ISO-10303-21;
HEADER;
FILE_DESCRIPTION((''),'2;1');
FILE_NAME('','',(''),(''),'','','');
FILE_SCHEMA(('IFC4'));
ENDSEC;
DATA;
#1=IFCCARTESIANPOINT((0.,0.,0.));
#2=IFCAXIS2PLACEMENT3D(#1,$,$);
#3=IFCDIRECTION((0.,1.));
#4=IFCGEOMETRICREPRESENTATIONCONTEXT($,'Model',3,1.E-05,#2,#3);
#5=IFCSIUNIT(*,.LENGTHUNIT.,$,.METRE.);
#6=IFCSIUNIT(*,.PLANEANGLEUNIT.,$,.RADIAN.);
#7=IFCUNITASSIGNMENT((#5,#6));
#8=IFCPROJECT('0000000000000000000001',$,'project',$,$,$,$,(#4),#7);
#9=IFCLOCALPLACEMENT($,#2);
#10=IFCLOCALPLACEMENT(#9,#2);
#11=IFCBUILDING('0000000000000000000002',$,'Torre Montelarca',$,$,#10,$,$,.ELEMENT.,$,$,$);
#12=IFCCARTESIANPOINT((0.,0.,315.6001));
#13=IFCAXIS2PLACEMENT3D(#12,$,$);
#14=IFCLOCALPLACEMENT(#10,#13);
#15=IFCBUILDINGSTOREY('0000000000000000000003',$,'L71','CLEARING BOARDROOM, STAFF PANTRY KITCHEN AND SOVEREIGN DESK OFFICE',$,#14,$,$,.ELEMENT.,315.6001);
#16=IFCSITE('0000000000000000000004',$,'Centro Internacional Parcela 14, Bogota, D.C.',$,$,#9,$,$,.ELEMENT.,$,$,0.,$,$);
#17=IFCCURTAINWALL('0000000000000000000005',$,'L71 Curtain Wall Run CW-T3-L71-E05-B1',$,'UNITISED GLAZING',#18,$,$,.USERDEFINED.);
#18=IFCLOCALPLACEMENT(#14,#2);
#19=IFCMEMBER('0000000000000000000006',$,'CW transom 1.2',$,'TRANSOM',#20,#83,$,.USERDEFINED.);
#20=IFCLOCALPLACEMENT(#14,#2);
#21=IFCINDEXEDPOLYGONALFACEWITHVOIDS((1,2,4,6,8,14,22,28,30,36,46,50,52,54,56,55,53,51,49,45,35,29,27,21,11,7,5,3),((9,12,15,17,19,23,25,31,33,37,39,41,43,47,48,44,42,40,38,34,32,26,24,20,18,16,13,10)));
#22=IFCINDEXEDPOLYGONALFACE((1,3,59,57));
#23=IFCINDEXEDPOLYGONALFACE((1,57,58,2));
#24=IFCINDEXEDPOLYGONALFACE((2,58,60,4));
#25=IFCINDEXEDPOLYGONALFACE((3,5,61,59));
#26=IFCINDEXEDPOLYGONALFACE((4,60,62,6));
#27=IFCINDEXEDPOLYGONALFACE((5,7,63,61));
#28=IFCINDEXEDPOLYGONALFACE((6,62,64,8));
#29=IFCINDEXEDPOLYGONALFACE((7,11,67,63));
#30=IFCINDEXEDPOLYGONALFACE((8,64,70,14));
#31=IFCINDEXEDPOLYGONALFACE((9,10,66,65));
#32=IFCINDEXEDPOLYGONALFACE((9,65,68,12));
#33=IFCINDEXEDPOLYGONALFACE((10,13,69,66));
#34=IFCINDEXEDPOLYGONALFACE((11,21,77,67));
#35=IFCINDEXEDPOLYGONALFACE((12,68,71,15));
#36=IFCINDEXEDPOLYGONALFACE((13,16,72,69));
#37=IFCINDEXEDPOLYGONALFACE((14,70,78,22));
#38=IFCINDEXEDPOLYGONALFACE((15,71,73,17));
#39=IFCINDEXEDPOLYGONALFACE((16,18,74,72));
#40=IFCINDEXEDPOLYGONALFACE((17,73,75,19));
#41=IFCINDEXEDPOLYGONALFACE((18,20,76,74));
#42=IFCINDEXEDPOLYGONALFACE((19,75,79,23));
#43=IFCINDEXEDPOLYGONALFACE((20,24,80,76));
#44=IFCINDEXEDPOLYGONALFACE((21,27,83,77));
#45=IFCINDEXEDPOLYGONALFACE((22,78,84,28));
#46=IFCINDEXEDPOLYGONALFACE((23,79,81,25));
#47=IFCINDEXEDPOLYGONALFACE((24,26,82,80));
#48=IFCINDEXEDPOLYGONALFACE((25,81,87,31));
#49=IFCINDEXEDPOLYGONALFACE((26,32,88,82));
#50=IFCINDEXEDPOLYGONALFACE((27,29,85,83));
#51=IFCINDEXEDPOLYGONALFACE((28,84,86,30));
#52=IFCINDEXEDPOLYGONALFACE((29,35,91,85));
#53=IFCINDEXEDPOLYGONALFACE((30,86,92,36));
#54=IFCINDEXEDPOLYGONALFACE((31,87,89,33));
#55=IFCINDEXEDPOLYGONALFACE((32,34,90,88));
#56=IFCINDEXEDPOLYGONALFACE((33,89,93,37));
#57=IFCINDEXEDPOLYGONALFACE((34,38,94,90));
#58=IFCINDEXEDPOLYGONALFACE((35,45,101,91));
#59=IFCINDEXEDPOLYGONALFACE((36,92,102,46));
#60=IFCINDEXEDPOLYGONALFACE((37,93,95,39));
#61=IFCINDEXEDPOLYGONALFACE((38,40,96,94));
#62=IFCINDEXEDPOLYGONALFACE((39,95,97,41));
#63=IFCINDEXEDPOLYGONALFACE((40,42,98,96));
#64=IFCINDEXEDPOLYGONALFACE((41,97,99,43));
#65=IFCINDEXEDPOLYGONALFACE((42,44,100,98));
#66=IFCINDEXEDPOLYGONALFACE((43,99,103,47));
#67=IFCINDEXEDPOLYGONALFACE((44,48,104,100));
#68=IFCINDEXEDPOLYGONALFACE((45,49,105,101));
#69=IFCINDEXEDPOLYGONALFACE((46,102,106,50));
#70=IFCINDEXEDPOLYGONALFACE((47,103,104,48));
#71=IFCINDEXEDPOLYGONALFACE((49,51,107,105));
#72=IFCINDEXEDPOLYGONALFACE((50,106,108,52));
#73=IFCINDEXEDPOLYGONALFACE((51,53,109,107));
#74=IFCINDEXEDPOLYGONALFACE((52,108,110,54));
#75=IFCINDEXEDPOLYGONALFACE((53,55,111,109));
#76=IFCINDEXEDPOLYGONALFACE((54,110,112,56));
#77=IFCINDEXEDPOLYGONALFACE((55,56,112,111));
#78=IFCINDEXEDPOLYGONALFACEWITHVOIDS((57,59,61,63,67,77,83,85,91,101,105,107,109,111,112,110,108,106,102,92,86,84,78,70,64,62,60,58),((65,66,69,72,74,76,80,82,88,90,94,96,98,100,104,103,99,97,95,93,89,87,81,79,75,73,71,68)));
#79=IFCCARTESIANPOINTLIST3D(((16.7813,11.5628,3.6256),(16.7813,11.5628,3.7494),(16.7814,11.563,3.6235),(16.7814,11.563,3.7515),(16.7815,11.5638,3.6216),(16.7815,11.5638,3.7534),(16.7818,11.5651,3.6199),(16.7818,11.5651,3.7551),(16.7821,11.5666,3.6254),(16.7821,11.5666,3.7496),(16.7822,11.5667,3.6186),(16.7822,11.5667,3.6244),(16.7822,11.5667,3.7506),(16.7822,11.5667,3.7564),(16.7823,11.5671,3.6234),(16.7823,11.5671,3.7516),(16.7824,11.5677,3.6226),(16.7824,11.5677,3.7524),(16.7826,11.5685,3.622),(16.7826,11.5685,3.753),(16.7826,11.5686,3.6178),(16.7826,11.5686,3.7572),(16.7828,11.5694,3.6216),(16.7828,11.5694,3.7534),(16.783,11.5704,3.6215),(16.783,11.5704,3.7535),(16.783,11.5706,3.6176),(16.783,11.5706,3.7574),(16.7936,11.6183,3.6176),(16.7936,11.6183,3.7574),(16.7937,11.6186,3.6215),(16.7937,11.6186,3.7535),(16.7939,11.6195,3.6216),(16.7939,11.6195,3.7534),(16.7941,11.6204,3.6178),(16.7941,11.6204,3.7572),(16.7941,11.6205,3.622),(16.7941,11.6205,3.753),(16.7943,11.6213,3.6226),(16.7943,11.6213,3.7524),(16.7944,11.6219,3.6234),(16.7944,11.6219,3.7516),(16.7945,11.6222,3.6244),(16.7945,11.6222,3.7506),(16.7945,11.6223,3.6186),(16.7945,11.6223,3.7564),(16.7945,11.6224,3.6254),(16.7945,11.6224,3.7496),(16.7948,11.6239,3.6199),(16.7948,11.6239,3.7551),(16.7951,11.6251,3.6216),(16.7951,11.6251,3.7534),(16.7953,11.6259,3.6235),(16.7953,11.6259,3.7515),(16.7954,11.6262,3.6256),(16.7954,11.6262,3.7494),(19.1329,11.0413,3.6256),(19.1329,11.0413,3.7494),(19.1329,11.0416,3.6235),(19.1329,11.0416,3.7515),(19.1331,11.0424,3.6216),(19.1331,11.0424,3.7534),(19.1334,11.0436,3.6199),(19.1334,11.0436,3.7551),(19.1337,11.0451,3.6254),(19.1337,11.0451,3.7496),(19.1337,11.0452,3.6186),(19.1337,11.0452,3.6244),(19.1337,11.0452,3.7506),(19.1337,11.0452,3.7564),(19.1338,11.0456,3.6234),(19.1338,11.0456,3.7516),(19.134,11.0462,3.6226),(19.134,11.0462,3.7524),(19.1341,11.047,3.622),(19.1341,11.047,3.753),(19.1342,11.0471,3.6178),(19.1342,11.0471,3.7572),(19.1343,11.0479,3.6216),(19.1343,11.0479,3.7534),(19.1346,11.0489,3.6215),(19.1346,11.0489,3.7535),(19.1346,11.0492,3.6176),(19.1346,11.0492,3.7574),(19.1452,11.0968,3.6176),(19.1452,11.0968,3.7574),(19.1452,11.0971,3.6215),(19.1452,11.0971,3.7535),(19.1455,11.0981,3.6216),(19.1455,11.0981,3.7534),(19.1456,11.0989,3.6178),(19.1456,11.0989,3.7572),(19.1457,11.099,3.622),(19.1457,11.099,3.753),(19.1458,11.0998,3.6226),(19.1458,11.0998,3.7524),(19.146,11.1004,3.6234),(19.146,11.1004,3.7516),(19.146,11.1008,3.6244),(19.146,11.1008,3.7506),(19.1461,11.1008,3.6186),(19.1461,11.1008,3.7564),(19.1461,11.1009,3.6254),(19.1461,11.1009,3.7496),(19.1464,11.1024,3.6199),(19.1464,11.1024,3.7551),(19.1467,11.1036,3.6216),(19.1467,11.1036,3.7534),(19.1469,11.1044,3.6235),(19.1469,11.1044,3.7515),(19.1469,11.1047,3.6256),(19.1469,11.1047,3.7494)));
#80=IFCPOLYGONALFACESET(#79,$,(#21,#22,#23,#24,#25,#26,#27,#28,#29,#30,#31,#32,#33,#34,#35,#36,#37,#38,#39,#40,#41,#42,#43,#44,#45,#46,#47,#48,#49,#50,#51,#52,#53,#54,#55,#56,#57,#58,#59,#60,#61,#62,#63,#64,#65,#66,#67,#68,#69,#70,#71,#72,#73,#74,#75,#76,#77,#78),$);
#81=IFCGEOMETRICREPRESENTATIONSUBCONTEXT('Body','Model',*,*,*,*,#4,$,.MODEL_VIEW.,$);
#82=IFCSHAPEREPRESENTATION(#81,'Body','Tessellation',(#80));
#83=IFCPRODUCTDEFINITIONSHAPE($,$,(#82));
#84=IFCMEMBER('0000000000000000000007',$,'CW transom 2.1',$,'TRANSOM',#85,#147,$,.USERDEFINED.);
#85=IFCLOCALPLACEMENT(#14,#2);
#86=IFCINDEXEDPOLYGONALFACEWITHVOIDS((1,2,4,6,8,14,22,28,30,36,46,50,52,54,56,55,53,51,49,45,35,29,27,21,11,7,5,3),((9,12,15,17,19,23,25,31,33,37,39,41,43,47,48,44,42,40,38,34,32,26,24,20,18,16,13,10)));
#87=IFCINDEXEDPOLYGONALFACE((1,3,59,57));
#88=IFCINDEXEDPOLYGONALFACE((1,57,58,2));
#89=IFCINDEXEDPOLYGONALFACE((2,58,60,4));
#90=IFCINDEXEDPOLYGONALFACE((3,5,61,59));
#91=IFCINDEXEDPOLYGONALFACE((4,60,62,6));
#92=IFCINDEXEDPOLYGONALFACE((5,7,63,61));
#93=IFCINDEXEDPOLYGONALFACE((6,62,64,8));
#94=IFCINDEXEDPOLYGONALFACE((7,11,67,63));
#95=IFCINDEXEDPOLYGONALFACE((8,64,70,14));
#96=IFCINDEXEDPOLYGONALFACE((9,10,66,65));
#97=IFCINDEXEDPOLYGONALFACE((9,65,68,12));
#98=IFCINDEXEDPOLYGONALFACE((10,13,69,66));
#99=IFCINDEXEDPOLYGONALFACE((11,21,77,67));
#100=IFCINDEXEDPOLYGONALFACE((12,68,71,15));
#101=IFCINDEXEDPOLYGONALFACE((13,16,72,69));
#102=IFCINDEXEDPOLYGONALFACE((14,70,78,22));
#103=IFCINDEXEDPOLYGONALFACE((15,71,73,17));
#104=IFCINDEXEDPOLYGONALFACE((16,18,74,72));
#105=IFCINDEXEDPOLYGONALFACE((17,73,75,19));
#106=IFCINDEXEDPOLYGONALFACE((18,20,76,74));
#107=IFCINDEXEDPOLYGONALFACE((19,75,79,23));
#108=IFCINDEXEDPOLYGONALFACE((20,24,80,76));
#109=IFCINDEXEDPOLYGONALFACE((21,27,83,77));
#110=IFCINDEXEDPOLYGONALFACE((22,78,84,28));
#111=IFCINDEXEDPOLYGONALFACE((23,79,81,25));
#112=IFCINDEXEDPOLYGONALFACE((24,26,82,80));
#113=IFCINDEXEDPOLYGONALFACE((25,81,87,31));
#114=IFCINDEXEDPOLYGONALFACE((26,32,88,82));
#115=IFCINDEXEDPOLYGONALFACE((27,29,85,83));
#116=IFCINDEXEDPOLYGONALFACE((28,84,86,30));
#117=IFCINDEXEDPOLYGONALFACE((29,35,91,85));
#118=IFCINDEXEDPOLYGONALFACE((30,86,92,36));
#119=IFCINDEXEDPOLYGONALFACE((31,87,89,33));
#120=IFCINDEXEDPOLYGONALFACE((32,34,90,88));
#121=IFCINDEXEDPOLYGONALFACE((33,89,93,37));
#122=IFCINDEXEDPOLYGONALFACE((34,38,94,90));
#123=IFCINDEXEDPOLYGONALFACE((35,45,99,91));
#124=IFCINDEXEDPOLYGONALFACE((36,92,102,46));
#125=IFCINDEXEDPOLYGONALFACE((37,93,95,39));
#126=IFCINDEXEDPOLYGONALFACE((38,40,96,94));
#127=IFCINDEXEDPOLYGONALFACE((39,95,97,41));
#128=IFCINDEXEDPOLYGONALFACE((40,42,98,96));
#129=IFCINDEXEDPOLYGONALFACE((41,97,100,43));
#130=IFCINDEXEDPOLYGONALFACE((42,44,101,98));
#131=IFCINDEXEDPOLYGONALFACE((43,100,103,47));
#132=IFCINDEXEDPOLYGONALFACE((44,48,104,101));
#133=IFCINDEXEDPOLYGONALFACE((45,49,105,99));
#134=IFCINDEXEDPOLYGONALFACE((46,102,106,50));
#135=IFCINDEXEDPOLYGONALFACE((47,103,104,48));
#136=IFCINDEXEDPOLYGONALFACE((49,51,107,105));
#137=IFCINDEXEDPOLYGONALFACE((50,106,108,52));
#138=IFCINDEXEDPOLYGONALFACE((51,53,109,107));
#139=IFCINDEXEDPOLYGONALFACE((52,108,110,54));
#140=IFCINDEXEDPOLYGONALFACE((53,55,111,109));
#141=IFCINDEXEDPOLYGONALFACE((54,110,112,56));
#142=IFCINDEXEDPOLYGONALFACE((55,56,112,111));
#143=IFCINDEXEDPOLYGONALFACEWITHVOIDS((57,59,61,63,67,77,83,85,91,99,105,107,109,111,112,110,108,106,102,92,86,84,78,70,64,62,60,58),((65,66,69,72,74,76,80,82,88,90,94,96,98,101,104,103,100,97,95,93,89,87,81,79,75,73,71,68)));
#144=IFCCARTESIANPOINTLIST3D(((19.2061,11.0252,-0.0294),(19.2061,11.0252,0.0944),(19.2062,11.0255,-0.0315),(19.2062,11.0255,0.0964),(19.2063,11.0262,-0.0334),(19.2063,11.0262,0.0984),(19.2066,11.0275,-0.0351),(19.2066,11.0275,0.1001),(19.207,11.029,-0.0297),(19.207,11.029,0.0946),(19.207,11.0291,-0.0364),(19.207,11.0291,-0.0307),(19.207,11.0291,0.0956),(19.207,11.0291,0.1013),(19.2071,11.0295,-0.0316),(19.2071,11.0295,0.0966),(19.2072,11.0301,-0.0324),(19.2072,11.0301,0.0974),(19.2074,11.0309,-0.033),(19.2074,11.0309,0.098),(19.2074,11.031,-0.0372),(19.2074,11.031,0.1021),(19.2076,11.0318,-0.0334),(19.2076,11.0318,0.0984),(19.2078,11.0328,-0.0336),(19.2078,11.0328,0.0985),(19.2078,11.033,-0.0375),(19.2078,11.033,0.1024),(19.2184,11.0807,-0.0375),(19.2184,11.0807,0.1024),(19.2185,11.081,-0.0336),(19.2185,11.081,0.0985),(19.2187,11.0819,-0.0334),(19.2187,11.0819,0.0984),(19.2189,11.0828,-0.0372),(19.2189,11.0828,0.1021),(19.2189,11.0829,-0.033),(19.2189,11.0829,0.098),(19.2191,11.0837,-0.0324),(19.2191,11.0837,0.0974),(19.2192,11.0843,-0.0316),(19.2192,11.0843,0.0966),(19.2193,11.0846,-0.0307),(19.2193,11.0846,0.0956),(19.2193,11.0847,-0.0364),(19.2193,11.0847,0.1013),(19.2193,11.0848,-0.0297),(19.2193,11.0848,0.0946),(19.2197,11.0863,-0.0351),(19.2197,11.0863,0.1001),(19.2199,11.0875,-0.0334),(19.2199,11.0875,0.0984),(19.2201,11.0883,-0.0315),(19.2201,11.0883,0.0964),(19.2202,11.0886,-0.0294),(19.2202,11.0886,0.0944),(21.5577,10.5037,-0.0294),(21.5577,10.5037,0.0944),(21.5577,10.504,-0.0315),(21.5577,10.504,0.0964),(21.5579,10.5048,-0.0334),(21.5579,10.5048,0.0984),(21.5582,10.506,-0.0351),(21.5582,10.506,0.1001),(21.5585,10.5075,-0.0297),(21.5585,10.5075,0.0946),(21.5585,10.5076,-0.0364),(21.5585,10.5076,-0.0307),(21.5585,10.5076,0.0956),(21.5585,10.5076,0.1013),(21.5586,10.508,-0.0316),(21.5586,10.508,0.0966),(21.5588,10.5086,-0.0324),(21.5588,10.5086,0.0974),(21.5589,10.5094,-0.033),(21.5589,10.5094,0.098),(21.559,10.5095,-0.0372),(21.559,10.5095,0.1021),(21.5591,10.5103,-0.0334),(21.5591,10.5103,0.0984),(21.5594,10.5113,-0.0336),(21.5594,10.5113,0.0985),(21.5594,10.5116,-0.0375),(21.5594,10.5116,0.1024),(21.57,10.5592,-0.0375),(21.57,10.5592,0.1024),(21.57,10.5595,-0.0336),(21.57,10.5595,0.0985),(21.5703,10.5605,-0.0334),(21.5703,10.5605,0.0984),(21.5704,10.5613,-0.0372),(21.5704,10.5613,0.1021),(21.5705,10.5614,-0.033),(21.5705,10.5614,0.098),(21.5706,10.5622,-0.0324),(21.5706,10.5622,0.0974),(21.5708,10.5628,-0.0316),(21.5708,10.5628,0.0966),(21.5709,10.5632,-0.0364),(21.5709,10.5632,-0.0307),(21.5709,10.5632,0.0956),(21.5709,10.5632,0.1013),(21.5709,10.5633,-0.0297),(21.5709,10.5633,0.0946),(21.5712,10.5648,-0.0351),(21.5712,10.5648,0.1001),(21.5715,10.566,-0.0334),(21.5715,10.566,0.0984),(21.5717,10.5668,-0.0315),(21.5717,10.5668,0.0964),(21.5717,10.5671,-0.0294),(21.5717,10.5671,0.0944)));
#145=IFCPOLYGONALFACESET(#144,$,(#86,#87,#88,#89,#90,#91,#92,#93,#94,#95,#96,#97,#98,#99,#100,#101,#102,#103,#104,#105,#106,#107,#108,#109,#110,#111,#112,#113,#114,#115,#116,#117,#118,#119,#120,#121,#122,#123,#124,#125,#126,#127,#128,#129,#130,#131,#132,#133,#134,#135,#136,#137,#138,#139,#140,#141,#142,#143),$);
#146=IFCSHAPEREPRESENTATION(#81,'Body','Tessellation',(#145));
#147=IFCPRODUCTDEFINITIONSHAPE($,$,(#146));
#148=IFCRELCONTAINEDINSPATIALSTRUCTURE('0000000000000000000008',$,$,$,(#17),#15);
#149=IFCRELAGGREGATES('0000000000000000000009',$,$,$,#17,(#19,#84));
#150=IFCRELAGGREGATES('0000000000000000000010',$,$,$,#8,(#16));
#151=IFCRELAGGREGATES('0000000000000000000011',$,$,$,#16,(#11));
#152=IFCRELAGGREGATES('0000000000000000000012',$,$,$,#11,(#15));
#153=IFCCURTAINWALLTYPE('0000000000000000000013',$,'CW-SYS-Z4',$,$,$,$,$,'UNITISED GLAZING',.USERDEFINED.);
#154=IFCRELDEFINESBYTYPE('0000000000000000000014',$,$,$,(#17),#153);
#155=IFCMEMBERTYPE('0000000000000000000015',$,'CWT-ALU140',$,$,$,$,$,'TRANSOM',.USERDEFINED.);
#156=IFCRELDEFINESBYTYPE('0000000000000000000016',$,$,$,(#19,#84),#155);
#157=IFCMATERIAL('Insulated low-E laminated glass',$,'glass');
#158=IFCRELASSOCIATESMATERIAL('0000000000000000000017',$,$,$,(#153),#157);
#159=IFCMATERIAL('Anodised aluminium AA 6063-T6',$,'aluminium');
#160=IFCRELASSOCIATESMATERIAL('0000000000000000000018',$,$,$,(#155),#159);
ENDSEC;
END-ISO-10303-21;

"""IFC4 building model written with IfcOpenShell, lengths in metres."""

from ifc_helpers import new_model, si_unit, direction, frame, origin, origin_2d, place, context, subcontext, project, spatial, hollow_rectangle, extrude, source, transform, mapped, material, material_profile, profile_set, type_object, element, aggregate, save


model = new_model("IFC4")

# Units and contexts
model_context = context("Model", 3, precision=1e-05, world=origin(), true_north=direction((0.0, 1.0)))
body_context = subcontext(model_context, "Body", "Model", "MODEL_VIEW")
ifc_project = project(units=[si_unit("LENGTHUNIT", "METRE"), si_unit("PLANEANGLEUNIT", "RADIAN")], contexts=[model_context])

# Site, building, storey
site_placement = place(None, origin())
site = spatial("IfcSite", under=ifc_project, at=site_placement, Name="Centro Internacional Parcela 14, Bogota, D.C.", CompositionType="ELEMENT", RefElevation=0.0)
building_placement = place(site_placement, origin())
building = spatial("IfcBuilding", under=site, at=building_placement, Name="Torre Montelarca", CompositionType="ELEMENT")
storey_placement = place(building_placement, frame((0.0, 0.0, 315.6001)))
storey = spatial("IfcBuildingStorey", under=building, at=storey_placement, Name="L71", Description="CLEARING BOARDROOM, STAFF PANTRY KITCHEN AND SOVEREIGN DESK OFFICE", CompositionType="ELEMENT", Elevation=315.6001)

# Curtain wall
ifc_material_1 = material(Name="Insulated low-E laminated glass", Category="glass")
curtain_wall_type = type_object("IfcCurtainWallType", Name="CW-SYS-Z4", ElementType="UNITISED GLAZING", PredefinedType="USERDEFINED", material=ifc_material_1)
curtain_wall_1_placement = place(storey_placement, origin())
curtain_wall_1 = element("IfcCurtainWall", 1, at=curtain_wall_1_placement, inside=storey, type_object=curtain_wall_type, Name="L71 Curtain Wall Run CW-T3-L71-E05-B1", ObjectType="UNITISED GLAZING", PredefinedType="USERDEFINED")
ifc_material_2 = material(Name="Anodised aluminium AA 6063-T6", Category="aluminium")

# Members
ifc_material_profile_1 = material_profile(ifc_material_2, hollow_rectangle(XDim=0.0649, YDim=0.1399, WallThickness=0.0039, InnerFilletRadius=0.0039, OuterFilletRadius=0.0081, at=origin_2d()), Name="ALU65X140X4", Category="aluminium")
ifc_profile_set_1 = profile_set([ifc_material_profile_1], Name="Anodised aluminium AA 6063-T6")
member_type_1 = type_object("IfcMemberType", Name="CWT-ALU140", ElementType="TRANSOM", PredefinedType="USERDEFINED", material=ifc_profile_set_1)
shared_shape_1 = source(origin(), body_context, "Body", "SweptSolid", [
    extrude(hollow_rectangle(XDim=0.0649, YDim=0.1399, WallThickness=0.0039, InnerFilletRadius=0.0039, OuterFilletRadius=0.0081, at=origin_2d()), origin(), (0.0, 0.0, 1.0), 2.4087),
])
member_1_placement = place(storey_placement, frame((16.7883, 11.5945, 3.6875), z_axis=(0.976282, -0.216501, 0.0), x_axis=(0.216501, 0.976282, 0.0)))
member_1 = element("IfcMember", 2, at=member_1_placement, type_object=member_type_1, Name="CW transom 1.2", ObjectType="TRANSOM", PredefinedType="USERDEFINED", context=body_context, shape_type="MappedRepresentation", body=[
    mapped(shared_shape_1, transform((0.0, 0.0, 0.0), scale=1.0)),
])
member_2_placement = place(storey_placement, frame((19.2131, 11.0569, 0.0325), z_axis=(0.976282, -0.216501, 0.0), x_axis=(0.216501, 0.976282, 0.0)))
member_2 = element("IfcMember", 3, at=member_2_placement, type_object=member_type_1, Name="CW transom 2.1", ObjectType="TRANSOM", PredefinedType="USERDEFINED", context=body_context, shape_type="MappedRepresentation", body=[
    mapped(shared_shape_1, transform((0.0, 0.0, 0.0), scale=1.0)),
])

aggregate(curtain_wall_1, [member_1, member_2])

save(model, "model.ifc")
